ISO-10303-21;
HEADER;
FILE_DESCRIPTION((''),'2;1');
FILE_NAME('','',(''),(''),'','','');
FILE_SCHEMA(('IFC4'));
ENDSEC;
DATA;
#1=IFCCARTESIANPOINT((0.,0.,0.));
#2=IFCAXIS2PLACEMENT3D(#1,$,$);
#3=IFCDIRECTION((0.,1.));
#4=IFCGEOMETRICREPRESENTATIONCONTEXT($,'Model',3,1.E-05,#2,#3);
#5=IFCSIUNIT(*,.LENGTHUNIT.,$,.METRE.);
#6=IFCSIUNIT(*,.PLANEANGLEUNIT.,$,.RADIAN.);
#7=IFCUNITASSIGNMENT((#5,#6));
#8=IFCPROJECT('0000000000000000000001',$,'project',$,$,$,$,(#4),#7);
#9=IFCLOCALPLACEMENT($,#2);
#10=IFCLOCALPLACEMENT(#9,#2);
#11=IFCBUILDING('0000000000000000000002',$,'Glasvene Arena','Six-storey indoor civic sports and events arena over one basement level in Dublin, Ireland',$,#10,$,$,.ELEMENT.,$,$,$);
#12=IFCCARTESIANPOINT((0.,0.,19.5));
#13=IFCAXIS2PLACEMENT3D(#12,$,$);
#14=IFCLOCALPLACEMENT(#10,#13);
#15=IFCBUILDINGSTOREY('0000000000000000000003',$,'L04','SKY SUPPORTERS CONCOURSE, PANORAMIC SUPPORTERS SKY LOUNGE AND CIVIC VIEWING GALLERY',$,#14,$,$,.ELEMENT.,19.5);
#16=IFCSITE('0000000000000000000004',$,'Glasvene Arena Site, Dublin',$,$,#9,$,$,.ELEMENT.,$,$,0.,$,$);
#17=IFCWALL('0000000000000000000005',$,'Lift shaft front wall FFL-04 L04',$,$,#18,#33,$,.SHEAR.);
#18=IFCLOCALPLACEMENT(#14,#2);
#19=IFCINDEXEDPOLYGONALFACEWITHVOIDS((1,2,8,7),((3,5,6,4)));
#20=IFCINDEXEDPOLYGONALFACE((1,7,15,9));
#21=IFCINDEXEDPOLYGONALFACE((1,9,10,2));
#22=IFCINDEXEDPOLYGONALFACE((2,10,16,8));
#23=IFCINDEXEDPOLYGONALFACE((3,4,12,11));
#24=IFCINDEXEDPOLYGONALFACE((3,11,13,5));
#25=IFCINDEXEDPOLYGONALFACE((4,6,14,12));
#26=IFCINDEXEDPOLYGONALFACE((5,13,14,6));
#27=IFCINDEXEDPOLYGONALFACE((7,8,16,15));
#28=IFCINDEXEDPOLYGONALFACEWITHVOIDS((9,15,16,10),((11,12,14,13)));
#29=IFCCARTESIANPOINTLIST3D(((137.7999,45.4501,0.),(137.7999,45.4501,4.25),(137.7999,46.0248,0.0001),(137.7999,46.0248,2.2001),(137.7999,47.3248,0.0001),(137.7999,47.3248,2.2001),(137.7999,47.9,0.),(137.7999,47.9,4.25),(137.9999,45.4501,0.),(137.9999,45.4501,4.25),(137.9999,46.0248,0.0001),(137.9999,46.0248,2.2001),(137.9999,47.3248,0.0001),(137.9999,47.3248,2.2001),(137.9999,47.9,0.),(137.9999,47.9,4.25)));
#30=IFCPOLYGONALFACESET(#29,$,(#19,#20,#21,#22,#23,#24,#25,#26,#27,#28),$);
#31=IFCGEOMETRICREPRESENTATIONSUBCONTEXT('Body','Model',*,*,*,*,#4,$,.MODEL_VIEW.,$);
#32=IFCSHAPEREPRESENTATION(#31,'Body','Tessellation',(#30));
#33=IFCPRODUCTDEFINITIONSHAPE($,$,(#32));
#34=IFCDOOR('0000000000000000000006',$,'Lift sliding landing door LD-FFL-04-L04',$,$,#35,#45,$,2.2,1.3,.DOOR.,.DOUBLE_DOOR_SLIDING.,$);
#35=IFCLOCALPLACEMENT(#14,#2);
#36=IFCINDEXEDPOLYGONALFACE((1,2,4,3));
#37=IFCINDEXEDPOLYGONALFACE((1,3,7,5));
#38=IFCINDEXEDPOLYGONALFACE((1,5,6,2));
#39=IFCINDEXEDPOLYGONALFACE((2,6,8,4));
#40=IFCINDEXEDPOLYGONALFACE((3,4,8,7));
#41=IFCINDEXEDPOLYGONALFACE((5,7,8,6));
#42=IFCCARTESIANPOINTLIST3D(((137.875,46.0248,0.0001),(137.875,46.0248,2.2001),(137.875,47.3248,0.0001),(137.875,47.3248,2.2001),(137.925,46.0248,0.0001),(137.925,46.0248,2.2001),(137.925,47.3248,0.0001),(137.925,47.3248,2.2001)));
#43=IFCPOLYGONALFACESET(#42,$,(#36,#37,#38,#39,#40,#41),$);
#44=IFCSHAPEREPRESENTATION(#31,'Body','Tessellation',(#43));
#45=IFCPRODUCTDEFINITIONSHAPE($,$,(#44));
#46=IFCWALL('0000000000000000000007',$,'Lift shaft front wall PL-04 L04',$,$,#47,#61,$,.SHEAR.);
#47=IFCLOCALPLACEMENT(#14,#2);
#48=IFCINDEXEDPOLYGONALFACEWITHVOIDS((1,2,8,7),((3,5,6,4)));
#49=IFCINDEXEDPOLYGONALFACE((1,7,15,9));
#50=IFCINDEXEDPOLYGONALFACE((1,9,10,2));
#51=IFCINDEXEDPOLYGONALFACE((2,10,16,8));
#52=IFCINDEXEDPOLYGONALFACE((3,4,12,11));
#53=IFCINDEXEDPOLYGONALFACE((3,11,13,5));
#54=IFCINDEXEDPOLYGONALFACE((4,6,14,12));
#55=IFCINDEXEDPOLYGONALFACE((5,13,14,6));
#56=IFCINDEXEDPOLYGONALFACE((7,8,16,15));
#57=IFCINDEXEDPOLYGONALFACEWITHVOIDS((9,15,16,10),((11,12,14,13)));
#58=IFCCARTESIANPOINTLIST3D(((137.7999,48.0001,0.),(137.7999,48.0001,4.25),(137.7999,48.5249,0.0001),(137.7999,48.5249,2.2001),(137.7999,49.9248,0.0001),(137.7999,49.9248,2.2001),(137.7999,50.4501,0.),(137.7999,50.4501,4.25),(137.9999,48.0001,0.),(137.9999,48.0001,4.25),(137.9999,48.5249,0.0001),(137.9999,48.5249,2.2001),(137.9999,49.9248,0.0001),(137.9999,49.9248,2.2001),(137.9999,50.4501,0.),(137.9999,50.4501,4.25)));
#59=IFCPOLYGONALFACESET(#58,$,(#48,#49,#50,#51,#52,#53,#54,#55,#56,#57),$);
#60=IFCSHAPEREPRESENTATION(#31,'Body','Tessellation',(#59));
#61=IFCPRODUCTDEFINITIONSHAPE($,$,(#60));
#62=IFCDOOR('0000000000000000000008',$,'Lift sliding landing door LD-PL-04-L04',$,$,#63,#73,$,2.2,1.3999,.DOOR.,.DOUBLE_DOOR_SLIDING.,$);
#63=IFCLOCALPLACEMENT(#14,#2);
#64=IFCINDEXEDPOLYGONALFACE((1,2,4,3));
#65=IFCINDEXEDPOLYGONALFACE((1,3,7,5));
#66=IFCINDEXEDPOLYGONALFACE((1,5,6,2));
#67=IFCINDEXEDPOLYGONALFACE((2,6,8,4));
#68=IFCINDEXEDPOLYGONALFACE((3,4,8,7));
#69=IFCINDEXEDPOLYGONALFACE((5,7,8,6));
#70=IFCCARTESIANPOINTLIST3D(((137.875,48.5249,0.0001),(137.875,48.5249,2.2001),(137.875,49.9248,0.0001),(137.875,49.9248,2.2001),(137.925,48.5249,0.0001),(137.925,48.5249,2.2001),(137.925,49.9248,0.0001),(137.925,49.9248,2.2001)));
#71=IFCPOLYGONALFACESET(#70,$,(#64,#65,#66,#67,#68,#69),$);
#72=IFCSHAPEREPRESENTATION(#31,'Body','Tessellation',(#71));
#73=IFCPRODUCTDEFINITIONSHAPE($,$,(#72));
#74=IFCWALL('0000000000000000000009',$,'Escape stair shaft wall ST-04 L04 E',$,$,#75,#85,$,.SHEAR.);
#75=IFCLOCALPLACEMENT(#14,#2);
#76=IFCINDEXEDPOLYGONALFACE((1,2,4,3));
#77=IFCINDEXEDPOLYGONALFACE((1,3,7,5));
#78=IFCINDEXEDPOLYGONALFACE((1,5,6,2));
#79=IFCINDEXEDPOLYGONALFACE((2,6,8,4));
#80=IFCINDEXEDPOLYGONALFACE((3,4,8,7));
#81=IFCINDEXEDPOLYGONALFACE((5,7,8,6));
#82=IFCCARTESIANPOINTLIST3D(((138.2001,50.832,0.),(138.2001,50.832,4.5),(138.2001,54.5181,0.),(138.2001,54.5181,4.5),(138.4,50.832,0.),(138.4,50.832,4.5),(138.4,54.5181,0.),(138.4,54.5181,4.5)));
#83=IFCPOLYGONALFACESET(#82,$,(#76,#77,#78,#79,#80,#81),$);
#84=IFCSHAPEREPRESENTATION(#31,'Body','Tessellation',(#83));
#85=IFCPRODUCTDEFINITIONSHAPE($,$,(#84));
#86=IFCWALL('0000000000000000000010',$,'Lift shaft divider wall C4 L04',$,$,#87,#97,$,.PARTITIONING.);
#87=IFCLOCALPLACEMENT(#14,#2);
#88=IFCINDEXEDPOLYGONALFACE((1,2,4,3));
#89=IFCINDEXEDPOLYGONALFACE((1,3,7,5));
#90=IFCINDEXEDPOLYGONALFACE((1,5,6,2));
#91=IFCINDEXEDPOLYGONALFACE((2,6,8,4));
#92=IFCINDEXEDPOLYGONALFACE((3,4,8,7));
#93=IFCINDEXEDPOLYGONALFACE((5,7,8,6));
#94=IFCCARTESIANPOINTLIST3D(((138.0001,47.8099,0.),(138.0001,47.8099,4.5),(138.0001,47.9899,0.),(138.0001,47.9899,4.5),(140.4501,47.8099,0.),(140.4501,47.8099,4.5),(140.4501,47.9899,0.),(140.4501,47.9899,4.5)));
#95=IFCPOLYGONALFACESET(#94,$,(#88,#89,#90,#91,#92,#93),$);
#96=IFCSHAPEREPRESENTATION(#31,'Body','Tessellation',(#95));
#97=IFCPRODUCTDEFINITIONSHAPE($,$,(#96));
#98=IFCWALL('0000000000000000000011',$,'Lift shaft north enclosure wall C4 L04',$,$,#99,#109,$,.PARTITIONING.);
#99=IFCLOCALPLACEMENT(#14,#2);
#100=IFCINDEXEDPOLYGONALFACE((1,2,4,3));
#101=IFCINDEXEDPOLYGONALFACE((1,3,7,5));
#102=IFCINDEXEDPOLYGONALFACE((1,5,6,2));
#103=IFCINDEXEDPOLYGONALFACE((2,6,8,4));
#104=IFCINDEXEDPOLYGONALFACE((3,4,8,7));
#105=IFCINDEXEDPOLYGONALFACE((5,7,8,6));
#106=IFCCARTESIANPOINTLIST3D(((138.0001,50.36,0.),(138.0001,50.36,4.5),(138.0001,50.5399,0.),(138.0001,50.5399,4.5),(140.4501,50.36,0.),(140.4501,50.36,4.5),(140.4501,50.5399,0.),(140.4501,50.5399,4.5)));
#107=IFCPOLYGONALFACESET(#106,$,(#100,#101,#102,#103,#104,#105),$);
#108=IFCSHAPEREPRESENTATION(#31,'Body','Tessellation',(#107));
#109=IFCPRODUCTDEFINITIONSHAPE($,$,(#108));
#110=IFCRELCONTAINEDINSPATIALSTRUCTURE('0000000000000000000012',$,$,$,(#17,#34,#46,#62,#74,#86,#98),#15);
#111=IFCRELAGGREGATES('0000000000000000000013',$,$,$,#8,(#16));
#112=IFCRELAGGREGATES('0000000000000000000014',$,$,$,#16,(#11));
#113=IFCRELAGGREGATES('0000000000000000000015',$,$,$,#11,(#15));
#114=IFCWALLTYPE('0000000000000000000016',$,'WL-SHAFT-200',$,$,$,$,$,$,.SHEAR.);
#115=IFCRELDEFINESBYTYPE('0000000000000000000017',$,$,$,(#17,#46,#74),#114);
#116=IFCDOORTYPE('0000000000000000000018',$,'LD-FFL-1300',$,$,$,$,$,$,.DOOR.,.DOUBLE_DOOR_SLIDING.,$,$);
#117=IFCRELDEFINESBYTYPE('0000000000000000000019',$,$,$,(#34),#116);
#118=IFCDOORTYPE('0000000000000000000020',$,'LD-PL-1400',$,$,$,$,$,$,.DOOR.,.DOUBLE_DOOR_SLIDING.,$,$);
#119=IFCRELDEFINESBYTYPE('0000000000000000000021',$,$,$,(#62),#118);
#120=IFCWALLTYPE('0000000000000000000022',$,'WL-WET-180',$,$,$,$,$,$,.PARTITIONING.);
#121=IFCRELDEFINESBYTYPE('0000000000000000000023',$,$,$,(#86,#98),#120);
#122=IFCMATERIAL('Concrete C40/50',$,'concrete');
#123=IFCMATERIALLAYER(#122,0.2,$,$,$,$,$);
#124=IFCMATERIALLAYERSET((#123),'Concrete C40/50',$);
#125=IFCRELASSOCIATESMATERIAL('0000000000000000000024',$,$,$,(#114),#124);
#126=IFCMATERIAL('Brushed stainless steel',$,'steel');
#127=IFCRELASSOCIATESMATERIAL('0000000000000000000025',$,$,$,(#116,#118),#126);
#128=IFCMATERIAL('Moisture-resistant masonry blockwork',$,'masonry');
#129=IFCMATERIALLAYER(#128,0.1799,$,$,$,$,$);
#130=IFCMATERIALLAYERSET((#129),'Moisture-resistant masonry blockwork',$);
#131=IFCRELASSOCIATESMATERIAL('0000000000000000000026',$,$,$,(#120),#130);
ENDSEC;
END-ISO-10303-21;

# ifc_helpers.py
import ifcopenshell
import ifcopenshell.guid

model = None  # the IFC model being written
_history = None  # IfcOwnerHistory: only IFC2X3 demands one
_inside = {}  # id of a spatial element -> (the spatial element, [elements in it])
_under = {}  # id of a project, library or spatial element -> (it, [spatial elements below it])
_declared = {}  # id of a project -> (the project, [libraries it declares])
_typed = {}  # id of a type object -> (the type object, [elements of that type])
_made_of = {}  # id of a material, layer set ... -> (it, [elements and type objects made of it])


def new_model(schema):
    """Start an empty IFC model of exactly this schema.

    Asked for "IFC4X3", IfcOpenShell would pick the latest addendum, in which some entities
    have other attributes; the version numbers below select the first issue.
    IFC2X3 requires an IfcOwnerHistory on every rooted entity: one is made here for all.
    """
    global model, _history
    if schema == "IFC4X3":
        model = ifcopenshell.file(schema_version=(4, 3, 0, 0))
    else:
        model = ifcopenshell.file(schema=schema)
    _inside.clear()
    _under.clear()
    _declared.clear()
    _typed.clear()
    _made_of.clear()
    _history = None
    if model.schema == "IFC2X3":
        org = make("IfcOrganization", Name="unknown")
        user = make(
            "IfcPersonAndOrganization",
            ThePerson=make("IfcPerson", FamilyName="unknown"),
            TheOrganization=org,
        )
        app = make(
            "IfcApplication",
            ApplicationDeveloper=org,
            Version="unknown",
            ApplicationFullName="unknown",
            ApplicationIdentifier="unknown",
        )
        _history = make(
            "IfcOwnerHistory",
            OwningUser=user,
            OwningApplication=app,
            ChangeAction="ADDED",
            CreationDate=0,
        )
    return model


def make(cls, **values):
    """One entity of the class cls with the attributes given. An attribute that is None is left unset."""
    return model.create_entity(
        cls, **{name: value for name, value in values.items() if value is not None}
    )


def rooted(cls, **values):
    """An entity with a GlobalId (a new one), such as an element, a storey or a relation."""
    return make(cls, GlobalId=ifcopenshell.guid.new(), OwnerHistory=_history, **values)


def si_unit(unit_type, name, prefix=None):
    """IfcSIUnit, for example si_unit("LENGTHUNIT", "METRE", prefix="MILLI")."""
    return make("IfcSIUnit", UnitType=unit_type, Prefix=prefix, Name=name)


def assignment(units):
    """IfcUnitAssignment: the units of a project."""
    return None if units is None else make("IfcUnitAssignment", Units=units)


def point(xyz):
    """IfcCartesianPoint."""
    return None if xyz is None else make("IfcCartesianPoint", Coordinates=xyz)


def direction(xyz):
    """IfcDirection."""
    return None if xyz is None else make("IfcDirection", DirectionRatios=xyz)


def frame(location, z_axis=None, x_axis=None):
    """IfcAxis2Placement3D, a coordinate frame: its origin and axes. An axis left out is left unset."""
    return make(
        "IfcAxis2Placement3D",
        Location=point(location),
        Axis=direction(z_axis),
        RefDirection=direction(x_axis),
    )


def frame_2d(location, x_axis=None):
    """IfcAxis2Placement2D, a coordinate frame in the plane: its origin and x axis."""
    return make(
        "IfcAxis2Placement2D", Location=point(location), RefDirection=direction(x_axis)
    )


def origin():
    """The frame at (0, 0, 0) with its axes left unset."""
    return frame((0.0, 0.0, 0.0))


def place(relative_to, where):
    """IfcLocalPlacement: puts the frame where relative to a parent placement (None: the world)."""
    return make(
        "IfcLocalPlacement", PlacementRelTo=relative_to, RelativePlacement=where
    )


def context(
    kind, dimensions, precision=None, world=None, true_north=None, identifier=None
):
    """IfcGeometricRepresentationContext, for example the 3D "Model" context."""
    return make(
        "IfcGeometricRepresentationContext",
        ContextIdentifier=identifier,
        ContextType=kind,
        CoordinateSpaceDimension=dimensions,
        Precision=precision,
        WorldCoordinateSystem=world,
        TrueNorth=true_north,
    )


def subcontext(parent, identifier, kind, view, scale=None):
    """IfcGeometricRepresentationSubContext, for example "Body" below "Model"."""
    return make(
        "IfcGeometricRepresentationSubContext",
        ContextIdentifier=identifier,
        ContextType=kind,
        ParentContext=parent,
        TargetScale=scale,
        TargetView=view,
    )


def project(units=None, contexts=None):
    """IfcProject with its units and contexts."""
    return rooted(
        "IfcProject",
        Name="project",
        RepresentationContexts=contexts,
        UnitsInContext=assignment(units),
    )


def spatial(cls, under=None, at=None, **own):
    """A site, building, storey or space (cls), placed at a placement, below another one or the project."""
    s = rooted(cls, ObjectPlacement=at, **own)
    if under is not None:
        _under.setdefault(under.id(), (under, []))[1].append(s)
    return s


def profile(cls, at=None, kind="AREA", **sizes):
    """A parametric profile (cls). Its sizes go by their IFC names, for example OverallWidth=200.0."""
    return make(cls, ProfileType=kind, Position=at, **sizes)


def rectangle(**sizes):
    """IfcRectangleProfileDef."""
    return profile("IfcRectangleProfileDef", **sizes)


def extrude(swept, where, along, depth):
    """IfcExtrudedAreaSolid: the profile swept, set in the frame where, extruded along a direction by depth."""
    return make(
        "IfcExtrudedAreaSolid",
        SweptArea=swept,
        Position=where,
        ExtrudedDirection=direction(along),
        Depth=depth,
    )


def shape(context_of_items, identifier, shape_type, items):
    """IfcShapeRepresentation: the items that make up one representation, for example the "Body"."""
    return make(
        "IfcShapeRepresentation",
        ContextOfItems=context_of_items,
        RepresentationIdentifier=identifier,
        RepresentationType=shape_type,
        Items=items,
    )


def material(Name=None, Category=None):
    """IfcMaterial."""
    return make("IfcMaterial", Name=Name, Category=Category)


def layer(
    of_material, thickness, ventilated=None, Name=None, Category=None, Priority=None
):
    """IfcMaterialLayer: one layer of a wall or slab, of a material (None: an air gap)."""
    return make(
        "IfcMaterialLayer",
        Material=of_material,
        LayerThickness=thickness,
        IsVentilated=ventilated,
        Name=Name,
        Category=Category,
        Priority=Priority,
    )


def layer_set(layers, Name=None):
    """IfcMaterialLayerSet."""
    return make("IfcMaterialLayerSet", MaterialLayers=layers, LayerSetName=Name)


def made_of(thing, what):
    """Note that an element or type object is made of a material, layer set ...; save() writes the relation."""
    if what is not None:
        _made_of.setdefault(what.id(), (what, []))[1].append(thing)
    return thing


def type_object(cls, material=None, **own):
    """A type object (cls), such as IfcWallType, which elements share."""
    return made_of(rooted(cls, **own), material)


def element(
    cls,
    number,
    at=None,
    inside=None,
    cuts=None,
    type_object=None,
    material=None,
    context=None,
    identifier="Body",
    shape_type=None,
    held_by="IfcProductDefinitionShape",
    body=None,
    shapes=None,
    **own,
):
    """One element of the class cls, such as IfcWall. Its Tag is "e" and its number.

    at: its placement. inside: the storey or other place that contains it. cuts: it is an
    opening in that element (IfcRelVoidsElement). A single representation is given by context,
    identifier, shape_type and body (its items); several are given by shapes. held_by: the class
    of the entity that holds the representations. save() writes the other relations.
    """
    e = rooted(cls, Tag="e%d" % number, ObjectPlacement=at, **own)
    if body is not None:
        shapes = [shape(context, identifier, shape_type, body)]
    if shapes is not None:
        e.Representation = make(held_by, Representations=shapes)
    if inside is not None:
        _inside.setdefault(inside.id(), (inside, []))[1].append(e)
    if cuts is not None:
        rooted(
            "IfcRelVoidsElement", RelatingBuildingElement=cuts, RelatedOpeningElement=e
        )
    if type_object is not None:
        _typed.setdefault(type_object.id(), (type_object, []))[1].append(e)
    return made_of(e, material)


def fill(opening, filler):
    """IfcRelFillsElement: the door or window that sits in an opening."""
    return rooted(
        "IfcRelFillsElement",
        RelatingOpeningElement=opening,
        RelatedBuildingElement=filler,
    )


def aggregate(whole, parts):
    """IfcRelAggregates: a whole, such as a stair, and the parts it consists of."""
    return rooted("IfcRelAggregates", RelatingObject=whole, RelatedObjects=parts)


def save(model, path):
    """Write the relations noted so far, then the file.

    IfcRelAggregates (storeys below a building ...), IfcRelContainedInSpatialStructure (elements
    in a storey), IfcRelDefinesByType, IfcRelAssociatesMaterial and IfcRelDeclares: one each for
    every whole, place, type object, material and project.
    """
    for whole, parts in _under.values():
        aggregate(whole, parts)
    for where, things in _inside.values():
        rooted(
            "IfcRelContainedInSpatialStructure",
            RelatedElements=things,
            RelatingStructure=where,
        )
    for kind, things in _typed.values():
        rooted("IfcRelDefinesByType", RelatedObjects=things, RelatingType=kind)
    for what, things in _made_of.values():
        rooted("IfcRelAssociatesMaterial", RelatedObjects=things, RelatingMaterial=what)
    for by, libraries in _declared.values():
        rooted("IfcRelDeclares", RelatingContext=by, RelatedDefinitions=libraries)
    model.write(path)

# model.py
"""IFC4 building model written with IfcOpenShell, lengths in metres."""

from ifc_helpers import new_model, si_unit, direction, frame, frame_2d, origin, place, context, subcontext, project, spatial, rectangle, extrude, material, layer, layer_set, type_object, element, fill, save


model = new_model("IFC4")

# Units and contexts
model_context = context("Model", 3, precision=1e-05, world=origin(), true_north=direction((0.0, 1.0)))
body_context = subcontext(model_context, "Body", "Model", "MODEL_VIEW")
ifc_project = project(units=[si_unit("LENGTHUNIT", "METRE"), si_unit("PLANEANGLEUNIT", "RADIAN")], contexts=[model_context])

# Site, building, storey
site_placement = place(None, origin())
site = spatial("IfcSite", under=ifc_project, at=site_placement, Name="Glasvene Arena Site, Dublin", CompositionType="ELEMENT", RefElevation=0.0)
building_placement = place(site_placement, origin())
building = spatial("IfcBuilding", under=site, at=building_placement, Name="Glasvene Arena", Description="Six-storey indoor civic sports and events arena over one basement level in Dublin, Ireland", CompositionType="ELEMENT")
storey_placement = place(building_placement, frame((0.0, 0.0, 19.5)))
storey = spatial("IfcBuildingStorey", under=building, at=storey_placement, Name="L04", Description="SKY SUPPORTERS CONCOURSE, PANORAMIC SUPPORTERS SKY LOUNGE AND CIVIC VIEWING GALLERY", CompositionType="ELEMENT", Elevation=19.5)

# Shared definitions
ifc_material_1 = material(Name="Concrete C40/50", Category="concrete")

# Walls, openings, doors
ifc_layer_1 = layer(ifc_material_1, 0.2)
ifc_layer_set_1 = layer_set([ifc_layer_1], Name="Concrete C40/50")
wall_type_1 = type_object("IfcWallType", Name="WL-SHAFT-200", PredefinedType="SHEAR", material=ifc_layer_set_1)
wall_1_placement = place(storey_placement, frame((137.8999, 45.45, 0.0), z_axis=(0.0, 0.0, 1.0), x_axis=(0.0, 1.0, 0.0)))
wall_1 = element("IfcWall", 1, at=wall_1_placement, inside=storey, type_object=wall_type_1, Name="Lift shaft front wall FFL-04 L04", PredefinedType="SHEAR", context=body_context, shape_type="SweptSolid", body=[
    extrude(rectangle(XDim=2.45, YDim=0.2, at=frame_2d((1.2251, 0.0))), origin(), (0.0, 0.0, 1.0), 4.25),
])
opening_1_placement = place(wall_1_placement, frame((0.575, 0.0, 0.0)))
opening_1 = element("IfcOpeningElement", 2, at=opening_1_placement, cuts=wall_1, PredefinedType="OPENING", context=body_context, shape_type="SweptSolid", body=[
    extrude(rectangle(XDim=1.3, YDim=2.2, at=frame_2d((0.6499, 1.1001))), frame((0.0, 0.1099, 0.0), z_axis=(0.0, -1.0, 0.0), x_axis=(1.0, 0.0, 0.0)), (0.0, 0.0, 1.0), 0.22),
])
ifc_material_2 = material(Name="Brushed stainless steel", Category="steel")
door_type_1 = type_object("IfcDoorType", Name="LD-FFL-1300", OperationType="DOUBLE_DOOR_SLIDING", PredefinedType="DOOR", material=ifc_material_2)
door_1_placement = place(opening_1_placement, origin())
door_1 = element("IfcDoor", 3, at=door_1_placement, inside=storey, type_object=door_type_1, Name="Lift sliding landing door LD-FFL-04-L04", OperationType="DOUBLE_DOOR_SLIDING", OverallHeight=2.2, OverallWidth=1.3, PredefinedType="DOOR", context=body_context, shape_type="SweptSolid", body=[
    extrude(rectangle(XDim=1.3, YDim=2.2, at=frame_2d((0.6499, 1.1001))), frame((0.0, 0.0249, 0.0), z_axis=(0.0, -1.0, 0.0), x_axis=(1.0, 0.0, 0.0)), (0.0, 0.0, 1.0), 0.05),
])
fill(opening_1, door_1)
wall_2_placement = place(storey_placement, frame((137.8999, 48.0, 0.0), z_axis=(0.0, 0.0, 1.0), x_axis=(0.0, 1.0, 0.0)))
wall_2 = element("IfcWall", 4, at=wall_2_placement, inside=storey, type_object=wall_type_1, Name="Lift shaft front wall PL-04 L04", PredefinedType="SHEAR", context=body_context, shape_type="SweptSolid", body=[
    extrude(rectangle(XDim=2.45, YDim=0.2, at=frame_2d((1.2251, 0.0))), origin(), (0.0, 0.0, 1.0), 4.25),
])
opening_2_placement = place(wall_2_placement, frame((0.5249, 0.0, 0.0)))
opening_2 = element("IfcOpeningElement", 5, at=opening_2_placement, cuts=wall_2, PredefinedType="OPENING", context=body_context, shape_type="SweptSolid", body=[
    extrude(rectangle(XDim=1.3999, YDim=2.2, at=frame_2d((0.7, 1.1001))), frame((0.0, 0.1099, 0.0), z_axis=(0.0, -1.0, 0.0), x_axis=(1.0, 0.0, 0.0)), (0.0, 0.0, 1.0), 0.22),
])
door_type_2 = type_object("IfcDoorType", Name="LD-PL-1400", OperationType="DOUBLE_DOOR_SLIDING", PredefinedType="DOOR", material=ifc_material_2)
door_2_placement = place(opening_2_placement, origin())
door_2 = element("IfcDoor", 6, at=door_2_placement, inside=storey, type_object=door_type_2, Name="Lift sliding landing door LD-PL-04-L04", OperationType="DOUBLE_DOOR_SLIDING", OverallHeight=2.2, OverallWidth=1.3999, PredefinedType="DOOR", context=body_context, shape_type="SweptSolid", body=[
    extrude(rectangle(XDim=1.3999, YDim=2.2, at=frame_2d((0.7, 1.1001))), frame((0.0, 0.0249, 0.0), z_axis=(0.0, -1.0, 0.0), x_axis=(1.0, 0.0, 0.0)), (0.0, 0.0, 1.0), 0.05),
])
fill(opening_2, door_2)

# Walls
wall_3_placement = place(storey_placement, frame((138.3, 50.832, 0.0), z_axis=(0.0, 0.0, 1.0), x_axis=(0.0, 1.0, 0.0)))
element("IfcWall", 7, at=wall_3_placement, inside=storey, type_object=wall_type_1, Name="Escape stair shaft wall ST-04 L04 E", PredefinedType="SHEAR", context=body_context, shape_type="SweptSolid", body=[
    extrude(rectangle(XDim=3.686, YDim=0.2, at=frame_2d((1.843, 0.0))), origin(), (0.0, 0.0, 1.0), 4.5),
])
ifc_material_3 = material(Name="Moisture-resistant masonry blockwork", Category="masonry")
ifc_layer_2 = layer(ifc_material_3, 0.1799)
ifc_layer_set_2 = layer_set([ifc_layer_2], Name="Moisture-resistant masonry blockwork")
wall_type_2 = type_object("IfcWallType", Name="WL-WET-180", PredefinedType="PARTITIONING", material=ifc_layer_set_2)
for number, where, z_axis, x_axis, name in (
    (8, (138.0, 47.8999, 0.0), (0.0, 0.0, 1.0), (1.0, 0.0, 0.0), "Lift shaft divider wall C4 L04"),
    (9, (138.0, 50.45, 0.0), (0.0, 0.0, 1.0), (1.0, 0.0, 0.0), "Lift shaft north enclosure wall C4 L04"),
):
    element("IfcWall", number, at=place(storey_placement, frame(where, z_axis=z_axis, x_axis=x_axis)), inside=storey, type_object=wall_type_2, Name=name, PredefinedType="PARTITIONING", context=body_context, shape_type="SweptSolid", body=[
        extrude(rectangle(XDim=2.45, YDim=0.1799, at=frame_2d((1.2251, 0.0))), origin(), (0.0, 0.0, 1.0), 4.5),
    ])

save(model, "model.ifc")
